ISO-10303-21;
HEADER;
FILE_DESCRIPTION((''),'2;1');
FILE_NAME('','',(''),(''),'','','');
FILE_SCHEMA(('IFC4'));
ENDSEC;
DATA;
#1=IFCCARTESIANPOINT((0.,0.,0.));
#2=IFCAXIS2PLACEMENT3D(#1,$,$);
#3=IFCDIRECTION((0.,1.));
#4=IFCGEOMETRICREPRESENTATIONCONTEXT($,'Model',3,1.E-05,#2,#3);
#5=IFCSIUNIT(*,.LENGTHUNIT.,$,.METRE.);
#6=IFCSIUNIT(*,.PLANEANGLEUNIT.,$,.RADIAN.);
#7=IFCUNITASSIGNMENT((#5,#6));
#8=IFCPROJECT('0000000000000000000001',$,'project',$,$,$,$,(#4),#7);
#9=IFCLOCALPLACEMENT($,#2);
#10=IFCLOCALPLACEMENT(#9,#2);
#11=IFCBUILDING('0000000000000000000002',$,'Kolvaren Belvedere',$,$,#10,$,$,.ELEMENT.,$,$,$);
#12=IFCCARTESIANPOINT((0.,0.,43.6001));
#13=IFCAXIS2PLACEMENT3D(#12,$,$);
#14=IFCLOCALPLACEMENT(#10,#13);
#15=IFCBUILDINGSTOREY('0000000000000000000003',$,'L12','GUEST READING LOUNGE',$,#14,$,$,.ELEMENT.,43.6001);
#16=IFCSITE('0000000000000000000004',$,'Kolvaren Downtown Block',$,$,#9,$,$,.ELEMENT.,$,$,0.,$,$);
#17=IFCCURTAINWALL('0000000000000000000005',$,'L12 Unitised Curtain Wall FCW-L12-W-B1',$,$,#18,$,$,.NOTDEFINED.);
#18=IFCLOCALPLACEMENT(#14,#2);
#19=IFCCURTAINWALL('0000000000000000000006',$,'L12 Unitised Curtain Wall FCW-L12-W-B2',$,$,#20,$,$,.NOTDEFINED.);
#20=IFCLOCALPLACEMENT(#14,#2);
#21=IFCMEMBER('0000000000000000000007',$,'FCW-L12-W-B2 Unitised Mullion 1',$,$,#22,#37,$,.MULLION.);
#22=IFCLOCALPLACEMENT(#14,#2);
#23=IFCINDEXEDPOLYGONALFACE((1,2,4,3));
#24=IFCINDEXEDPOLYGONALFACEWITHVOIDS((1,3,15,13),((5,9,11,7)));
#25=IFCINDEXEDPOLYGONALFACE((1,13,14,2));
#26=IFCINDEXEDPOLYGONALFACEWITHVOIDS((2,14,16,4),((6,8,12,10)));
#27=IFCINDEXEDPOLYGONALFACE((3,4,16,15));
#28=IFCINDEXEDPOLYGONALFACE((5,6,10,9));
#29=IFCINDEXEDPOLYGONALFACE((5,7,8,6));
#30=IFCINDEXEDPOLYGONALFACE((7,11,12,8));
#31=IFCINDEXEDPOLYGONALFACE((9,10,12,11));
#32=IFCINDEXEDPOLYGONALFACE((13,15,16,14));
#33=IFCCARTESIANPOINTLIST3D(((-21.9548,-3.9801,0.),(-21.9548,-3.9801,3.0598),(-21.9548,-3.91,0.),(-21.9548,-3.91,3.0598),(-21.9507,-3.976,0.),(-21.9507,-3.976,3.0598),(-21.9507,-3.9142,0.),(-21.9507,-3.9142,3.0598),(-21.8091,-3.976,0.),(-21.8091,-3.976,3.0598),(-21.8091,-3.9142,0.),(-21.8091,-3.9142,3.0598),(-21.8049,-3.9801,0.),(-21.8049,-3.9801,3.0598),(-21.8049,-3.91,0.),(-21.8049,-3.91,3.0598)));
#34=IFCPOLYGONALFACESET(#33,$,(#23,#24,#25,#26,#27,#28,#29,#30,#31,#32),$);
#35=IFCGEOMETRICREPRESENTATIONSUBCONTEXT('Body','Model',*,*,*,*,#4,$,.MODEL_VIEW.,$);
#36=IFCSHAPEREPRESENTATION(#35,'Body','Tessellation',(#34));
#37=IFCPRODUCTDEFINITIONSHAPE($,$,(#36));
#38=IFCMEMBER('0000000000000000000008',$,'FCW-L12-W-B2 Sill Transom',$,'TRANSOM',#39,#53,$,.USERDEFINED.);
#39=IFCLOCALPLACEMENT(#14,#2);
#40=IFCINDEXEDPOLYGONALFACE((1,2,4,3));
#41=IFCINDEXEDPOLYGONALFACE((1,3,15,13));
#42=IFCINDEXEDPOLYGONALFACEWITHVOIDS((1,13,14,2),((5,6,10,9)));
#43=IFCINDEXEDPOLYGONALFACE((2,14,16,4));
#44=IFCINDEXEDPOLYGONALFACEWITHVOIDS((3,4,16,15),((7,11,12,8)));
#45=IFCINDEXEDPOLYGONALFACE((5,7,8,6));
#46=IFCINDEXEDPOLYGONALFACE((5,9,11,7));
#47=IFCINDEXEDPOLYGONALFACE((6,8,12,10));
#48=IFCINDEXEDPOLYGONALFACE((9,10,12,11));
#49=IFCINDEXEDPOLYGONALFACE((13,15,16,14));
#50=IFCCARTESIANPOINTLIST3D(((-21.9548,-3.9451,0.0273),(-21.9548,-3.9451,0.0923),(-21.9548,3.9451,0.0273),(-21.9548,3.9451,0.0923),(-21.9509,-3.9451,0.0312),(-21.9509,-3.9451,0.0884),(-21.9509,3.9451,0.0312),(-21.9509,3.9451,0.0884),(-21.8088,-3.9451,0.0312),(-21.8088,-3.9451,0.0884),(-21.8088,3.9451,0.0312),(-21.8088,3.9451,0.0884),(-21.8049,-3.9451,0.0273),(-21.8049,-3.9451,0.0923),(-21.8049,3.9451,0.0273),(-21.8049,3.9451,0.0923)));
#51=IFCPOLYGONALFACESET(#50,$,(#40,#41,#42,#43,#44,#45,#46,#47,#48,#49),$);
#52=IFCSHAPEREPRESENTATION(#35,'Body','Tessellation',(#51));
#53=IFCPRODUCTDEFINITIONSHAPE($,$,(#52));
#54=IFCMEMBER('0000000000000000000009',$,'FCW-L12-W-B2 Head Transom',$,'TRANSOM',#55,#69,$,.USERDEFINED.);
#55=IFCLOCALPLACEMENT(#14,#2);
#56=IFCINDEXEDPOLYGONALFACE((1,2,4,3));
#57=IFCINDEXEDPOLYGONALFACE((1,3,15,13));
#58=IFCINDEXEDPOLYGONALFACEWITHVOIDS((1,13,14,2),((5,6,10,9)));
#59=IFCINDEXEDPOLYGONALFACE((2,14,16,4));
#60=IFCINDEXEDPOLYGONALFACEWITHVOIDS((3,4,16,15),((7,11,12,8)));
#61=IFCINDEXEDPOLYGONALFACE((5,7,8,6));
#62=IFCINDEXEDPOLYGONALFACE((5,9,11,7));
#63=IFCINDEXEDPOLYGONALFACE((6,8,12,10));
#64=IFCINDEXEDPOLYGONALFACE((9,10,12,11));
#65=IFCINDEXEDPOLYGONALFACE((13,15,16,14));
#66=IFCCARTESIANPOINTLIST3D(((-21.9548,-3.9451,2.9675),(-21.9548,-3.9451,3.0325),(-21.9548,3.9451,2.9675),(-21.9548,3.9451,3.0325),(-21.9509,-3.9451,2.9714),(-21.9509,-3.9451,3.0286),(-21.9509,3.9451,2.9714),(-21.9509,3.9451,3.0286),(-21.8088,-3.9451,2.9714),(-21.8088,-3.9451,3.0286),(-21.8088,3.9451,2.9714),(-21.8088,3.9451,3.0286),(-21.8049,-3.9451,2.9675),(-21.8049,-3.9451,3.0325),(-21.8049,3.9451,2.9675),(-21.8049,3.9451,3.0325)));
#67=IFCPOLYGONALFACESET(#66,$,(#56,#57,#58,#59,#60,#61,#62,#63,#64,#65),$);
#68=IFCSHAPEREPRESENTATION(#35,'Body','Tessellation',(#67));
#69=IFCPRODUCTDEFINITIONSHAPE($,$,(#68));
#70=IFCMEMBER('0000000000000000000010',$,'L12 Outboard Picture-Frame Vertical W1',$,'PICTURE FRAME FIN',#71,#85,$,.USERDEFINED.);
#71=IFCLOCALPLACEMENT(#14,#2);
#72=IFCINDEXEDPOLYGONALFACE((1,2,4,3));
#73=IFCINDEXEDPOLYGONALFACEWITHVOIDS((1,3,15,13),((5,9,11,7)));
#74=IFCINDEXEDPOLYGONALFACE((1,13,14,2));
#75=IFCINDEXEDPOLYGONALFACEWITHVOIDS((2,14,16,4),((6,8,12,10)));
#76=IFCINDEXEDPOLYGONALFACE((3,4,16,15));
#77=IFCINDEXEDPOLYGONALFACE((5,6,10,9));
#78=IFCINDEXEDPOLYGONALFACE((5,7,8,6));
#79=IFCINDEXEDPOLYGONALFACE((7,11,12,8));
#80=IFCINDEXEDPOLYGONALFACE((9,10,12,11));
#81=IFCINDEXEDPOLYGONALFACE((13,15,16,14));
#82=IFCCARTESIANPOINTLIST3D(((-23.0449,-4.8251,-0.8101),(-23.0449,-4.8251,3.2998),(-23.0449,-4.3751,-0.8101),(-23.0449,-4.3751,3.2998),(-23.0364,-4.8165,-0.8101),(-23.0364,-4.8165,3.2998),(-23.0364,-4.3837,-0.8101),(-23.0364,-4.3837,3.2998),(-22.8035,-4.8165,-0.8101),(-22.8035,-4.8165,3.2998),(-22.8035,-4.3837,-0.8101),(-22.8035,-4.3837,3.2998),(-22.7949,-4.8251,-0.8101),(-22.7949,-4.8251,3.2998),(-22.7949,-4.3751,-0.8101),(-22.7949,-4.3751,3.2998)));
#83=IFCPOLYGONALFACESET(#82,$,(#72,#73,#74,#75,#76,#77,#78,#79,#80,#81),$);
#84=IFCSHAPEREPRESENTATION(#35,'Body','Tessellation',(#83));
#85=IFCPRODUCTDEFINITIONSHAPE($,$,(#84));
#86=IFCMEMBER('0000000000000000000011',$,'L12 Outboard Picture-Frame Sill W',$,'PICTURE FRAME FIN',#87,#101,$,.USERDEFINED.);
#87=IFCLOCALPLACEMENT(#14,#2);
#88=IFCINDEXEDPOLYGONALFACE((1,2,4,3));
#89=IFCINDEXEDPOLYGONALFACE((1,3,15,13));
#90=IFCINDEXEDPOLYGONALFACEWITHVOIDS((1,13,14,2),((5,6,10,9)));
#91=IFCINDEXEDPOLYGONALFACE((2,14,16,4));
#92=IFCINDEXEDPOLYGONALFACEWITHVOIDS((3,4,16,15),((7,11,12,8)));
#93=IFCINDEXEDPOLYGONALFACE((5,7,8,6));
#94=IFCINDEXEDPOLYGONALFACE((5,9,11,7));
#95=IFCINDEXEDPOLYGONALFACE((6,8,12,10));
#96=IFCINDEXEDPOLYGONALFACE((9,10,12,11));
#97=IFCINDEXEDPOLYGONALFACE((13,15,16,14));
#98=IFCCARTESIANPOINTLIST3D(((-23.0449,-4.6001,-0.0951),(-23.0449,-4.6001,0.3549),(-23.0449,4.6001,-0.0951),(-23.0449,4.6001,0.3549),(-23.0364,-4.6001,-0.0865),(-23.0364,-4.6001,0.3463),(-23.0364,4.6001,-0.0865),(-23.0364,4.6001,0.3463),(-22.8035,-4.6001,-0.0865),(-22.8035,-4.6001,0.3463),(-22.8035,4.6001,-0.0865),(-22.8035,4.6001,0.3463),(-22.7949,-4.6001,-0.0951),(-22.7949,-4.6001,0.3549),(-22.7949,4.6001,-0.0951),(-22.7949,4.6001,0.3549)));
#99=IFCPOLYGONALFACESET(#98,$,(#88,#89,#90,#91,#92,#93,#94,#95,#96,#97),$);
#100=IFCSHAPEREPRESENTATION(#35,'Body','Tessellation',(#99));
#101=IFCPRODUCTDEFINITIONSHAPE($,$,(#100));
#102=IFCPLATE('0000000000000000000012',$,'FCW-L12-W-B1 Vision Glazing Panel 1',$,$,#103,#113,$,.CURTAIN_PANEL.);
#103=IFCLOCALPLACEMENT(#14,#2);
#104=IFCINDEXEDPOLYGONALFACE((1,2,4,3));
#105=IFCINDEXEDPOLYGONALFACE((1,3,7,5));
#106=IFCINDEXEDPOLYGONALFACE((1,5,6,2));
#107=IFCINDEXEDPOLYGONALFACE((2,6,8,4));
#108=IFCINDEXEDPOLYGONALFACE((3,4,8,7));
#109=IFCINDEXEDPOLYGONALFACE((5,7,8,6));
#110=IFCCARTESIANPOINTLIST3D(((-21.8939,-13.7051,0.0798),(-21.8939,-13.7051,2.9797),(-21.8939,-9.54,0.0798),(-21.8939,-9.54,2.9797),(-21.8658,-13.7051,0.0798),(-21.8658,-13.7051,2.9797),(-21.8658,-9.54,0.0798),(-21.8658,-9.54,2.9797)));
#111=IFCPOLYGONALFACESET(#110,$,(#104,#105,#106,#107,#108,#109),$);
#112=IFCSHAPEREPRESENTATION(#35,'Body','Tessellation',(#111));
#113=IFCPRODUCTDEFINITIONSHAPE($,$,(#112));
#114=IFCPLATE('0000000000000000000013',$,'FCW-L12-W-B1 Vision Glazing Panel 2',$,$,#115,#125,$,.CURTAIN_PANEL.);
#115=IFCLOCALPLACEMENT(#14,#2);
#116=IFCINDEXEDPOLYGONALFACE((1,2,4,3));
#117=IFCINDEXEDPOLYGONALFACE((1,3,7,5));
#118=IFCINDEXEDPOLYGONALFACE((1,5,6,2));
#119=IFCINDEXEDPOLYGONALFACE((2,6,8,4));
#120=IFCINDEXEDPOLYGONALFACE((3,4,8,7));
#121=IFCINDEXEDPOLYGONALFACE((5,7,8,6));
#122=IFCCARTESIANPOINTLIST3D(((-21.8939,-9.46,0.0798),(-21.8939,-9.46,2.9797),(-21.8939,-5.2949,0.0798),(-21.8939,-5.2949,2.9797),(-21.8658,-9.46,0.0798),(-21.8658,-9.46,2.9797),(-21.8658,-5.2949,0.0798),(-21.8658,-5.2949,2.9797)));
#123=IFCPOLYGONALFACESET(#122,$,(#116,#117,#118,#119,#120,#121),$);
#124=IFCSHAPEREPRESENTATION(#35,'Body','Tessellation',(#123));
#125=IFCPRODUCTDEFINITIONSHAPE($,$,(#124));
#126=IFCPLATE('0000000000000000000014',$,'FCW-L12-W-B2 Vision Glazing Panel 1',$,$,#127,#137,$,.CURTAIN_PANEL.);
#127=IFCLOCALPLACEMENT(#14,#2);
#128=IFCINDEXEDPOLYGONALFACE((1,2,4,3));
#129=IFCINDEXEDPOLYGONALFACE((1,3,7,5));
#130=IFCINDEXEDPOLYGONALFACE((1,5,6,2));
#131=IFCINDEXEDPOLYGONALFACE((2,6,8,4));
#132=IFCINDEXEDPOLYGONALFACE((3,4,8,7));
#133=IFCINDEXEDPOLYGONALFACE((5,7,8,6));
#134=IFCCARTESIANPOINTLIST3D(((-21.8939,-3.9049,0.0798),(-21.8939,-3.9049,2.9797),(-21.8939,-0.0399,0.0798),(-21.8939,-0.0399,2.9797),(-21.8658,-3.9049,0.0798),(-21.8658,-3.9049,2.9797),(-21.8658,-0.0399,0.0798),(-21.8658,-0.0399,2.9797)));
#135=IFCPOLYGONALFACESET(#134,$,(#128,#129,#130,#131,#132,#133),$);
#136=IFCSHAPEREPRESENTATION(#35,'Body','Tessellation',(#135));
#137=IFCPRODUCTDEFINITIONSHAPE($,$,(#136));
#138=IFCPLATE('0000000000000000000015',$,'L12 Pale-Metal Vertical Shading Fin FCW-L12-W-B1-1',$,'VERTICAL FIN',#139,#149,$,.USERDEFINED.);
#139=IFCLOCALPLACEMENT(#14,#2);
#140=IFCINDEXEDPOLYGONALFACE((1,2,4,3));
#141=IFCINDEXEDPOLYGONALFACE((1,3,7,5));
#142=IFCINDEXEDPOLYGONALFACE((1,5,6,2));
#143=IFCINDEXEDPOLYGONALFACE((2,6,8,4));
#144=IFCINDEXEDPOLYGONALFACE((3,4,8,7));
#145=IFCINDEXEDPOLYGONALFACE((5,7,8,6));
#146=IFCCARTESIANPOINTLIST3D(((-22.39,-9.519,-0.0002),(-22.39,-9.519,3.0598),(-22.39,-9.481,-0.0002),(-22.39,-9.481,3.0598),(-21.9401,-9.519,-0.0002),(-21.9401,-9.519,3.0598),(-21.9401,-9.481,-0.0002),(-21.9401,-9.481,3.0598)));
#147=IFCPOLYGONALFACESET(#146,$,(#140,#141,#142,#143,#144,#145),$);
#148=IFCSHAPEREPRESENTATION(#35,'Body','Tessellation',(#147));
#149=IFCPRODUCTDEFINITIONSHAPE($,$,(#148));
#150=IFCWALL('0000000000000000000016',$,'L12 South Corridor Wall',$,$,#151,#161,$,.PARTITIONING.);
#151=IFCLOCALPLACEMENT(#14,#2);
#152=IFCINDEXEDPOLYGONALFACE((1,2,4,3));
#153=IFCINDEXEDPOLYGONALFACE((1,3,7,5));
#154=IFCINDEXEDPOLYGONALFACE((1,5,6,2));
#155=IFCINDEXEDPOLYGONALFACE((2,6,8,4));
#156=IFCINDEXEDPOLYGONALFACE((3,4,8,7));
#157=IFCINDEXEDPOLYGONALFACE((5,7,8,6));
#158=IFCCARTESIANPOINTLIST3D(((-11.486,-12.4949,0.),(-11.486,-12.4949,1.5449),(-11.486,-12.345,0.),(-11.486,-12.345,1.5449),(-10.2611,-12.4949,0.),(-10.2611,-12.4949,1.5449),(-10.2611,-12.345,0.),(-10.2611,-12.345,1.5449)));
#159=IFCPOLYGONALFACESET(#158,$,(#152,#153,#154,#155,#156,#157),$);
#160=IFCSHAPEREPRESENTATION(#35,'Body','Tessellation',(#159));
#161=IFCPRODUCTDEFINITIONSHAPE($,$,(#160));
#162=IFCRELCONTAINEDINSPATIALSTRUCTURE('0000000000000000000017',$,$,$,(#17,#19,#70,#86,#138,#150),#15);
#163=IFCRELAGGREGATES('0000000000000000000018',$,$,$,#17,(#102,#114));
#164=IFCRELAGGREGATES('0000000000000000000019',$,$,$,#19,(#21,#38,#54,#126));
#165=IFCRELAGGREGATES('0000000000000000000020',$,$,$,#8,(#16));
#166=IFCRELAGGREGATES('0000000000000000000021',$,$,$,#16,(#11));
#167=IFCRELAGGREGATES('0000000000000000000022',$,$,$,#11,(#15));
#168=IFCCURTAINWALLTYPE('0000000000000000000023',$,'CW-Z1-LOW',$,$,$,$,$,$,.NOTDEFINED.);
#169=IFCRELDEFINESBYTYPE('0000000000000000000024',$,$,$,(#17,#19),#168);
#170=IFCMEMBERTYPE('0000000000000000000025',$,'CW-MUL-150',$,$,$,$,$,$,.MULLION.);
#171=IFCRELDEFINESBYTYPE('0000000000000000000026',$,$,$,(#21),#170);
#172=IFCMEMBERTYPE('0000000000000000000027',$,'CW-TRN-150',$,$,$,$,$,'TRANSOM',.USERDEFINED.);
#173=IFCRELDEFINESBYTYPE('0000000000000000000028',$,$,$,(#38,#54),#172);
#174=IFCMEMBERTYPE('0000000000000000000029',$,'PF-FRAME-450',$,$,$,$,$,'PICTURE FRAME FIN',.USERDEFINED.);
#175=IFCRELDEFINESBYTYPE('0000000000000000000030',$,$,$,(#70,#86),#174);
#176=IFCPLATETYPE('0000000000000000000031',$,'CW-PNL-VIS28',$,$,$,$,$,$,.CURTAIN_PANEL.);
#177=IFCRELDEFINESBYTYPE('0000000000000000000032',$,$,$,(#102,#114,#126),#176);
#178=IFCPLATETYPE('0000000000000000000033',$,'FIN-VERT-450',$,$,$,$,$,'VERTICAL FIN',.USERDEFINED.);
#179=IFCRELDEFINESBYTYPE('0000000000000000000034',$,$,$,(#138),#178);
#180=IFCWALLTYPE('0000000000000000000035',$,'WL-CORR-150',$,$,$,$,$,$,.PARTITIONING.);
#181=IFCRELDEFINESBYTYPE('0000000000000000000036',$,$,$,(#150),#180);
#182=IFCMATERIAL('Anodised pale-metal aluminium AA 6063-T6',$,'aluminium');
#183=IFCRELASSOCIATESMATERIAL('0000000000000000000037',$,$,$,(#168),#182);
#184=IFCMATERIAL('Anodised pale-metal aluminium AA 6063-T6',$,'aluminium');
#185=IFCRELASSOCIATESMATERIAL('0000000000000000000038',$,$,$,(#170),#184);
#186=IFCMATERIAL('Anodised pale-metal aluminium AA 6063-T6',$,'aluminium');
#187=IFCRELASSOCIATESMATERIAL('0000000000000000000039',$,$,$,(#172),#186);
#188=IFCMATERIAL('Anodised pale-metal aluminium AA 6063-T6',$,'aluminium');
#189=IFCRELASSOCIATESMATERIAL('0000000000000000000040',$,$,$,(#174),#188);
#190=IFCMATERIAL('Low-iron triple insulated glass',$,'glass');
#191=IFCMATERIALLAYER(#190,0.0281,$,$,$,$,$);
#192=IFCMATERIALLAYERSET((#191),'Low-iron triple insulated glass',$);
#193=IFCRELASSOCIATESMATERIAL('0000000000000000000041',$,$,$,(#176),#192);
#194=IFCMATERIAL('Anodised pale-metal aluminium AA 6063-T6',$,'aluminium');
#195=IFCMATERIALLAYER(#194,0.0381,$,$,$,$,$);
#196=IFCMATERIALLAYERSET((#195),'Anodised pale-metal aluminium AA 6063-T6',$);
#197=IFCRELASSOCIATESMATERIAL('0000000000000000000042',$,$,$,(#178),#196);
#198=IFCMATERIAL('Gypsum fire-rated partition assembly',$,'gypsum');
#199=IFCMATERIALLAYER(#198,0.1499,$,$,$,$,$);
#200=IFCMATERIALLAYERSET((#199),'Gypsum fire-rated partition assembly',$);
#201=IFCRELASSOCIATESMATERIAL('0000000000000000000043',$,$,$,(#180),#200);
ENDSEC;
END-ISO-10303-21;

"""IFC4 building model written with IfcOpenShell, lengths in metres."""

from ifc_helpers import new_model, si_unit, direction, frame, frame_2d, origin, origin_2d, place, context, subcontext, project, spatial, rectangle, hollow_rectangle, extrude, material, layer, layer_set, material_profile, profile_set, type_object, element, aggregate, save


model = new_model("IFC4")

# Units and contexts
model_context = context("Model", 3, precision=1e-05, world=origin(), true_north=direction((0.0, 1.0)))
body_context = subcontext(model_context, "Body", "Model", "MODEL_VIEW")
ifc_project = project(units=[si_unit("LENGTHUNIT", "METRE"), si_unit("PLANEANGLEUNIT", "RADIAN")], contexts=[model_context])

# Site, building, storey
site_placement = place(None, origin())
site = spatial("IfcSite", under=ifc_project, at=site_placement, Name="Kolvaren Downtown Block", CompositionType="ELEMENT", RefElevation=0.0)
building_placement = place(site_placement, origin())
building = spatial("IfcBuilding", under=site, at=building_placement, Name="Kolvaren Belvedere", CompositionType="ELEMENT")
storey_placement = place(building_placement, frame((0.0, 0.0, 43.6001)))
storey = spatial("IfcBuildingStorey", under=building, at=storey_placement, Name="L12", Description="GUEST READING LOUNGE", CompositionType="ELEMENT", Elevation=43.6001)

# Curtain walls, members
ifc_material_1 = material(Name="Anodised pale-metal aluminium AA 6063-T6", Category="aluminium")
curtain_wall_type = type_object("IfcCurtainWallType", Name="CW-Z1-LOW", PredefinedType="NOTDEFINED", material=ifc_material_1)
curtain_wall_1_placement = place(storey_placement, origin())
curtain_wall_1 = element("IfcCurtainWall", 1, at=curtain_wall_1_placement, inside=storey, type_object=curtain_wall_type, Name="L12 Unitised Curtain Wall FCW-L12-W-B1", PredefinedType="NOTDEFINED")
ifc_material_2 = material(Name="Anodised pale-metal aluminium AA 6063-T6", Category="aluminium")
ifc_material_profile_1 = material_profile(ifc_material_2, hollow_rectangle(XDim=0.0701, YDim=0.1499, WallThickness=0.0042, at=origin_2d()), Name="ALU-MUL-150X70")
ifc_profile_set_1 = profile_set([ifc_material_profile_1], Name="Anodised pale-metal aluminium AA 6063-T6")
member_type_1 = type_object("IfcMemberType", Name="CW-MUL-150", PredefinedType="MULLION", material=ifc_profile_set_1)
curtain_wall_2_placement = place(storey_placement, origin())
curtain_wall_2 = element("IfcCurtainWall", 2, at=curtain_wall_2_placement, inside=storey, type_object=curtain_wall_type, Name="L12 Unitised Curtain Wall FCW-L12-W-B2", PredefinedType="NOTDEFINED")
member_1_placement = place(storey_placement, frame((-21.8799, -3.9451, 0.0), z_axis=(0.0, 0.0, 1.0), x_axis=(0.0, 1.0, 0.0)))
member_1 = element("IfcMember", 3, at=member_1_placement, type_object=member_type_1, Name="FCW-L12-W-B2 Unitised Mullion 1", PredefinedType="MULLION", context=body_context, shape_type="SweptSolid", body=[
    extrude(hollow_rectangle(XDim=0.0701, YDim=0.1499, WallThickness=0.0042, at=origin_2d()), origin(), (0.0, 0.0, 1.0), 3.0598),
])
ifc_material_3 = material(Name="Anodised pale-metal aluminium AA 6063-T6", Category="aluminium")
ifc_material_profile_2 = material_profile(ifc_material_3, hollow_rectangle(XDim=0.0649, YDim=0.1499, WallThickness=0.0039, at=origin_2d()), Name="ALU-TRN-150X65")
ifc_profile_set_2 = profile_set([ifc_material_profile_2], Name="Anodised pale-metal aluminium AA 6063-T6")
member_type_2 = type_object("IfcMemberType", Name="CW-TRN-150", ElementType="TRANSOM", PredefinedType="USERDEFINED", material=ifc_profile_set_2)
member_2_placement = place(storey_placement, frame((-21.8799, -3.9451, 0.0598), z_axis=(0.0, 1.0, 0.0), x_axis=(0.0, 0.0, 1.0)))
member_2 = element("IfcMember", 4, at=member_2_placement, type_object=member_type_2, Name="FCW-L12-W-B2 Sill Transom", ObjectType="TRANSOM", PredefinedType="USERDEFINED", context=body_context, shape_type="SweptSolid", body=[
    extrude(hollow_rectangle(XDim=0.0649, YDim=0.1499, WallThickness=0.0039, at=origin_2d()), origin(), (0.0, 0.0, 1.0), 7.8901),
])
member_3_placement = place(storey_placement, frame((-21.8799, -3.9451, 3.0), z_axis=(0.0, 1.0, 0.0), x_axis=(0.0, 0.0, 1.0)))
member_3 = element("IfcMember", 5, at=member_3_placement, type_object=member_type_2, Name="FCW-L12-W-B2 Head Transom", ObjectType="TRANSOM", PredefinedType="USERDEFINED", context=body_context, shape_type="SweptSolid", body=[
    extrude(hollow_rectangle(XDim=0.0649, YDim=0.1499, WallThickness=0.0039, at=origin_2d()), origin(), (0.0, 0.0, 1.0), 7.8901),
])

# Members
ifc_material_4 = material(Name="Anodised pale-metal aluminium AA 6063-T6", Category="aluminium")
ifc_material_profile_3 = material_profile(ifc_material_4, hollow_rectangle(XDim=0.25, YDim=0.45, WallThickness=0.0085, at=origin_2d()), Name="ALU-PF-450X250")
ifc_profile_set_3 = profile_set([ifc_material_profile_3], Name="Anodised pale-metal aluminium AA 6063-T6")
member_type_3 = type_object("IfcMemberType", Name="PF-FRAME-450", ElementType="PICTURE FRAME FIN", PredefinedType="USERDEFINED", material=ifc_profile_set_3)
member_4_placement = place(storey_placement, frame((-22.9199, -4.6001, -0.8101), z_axis=(0.0, 0.0, 1.0), x_axis=(1.0, 0.0, 0.0)))
element("IfcMember", 6, at=member_4_placement, inside=storey, type_object=member_type_3, Name="L12 Outboard Picture-Frame Vertical W1", ObjectType="PICTURE FRAME FIN", PredefinedType="USERDEFINED", context=body_context, shape_type="SweptSolid", body=[
    extrude(hollow_rectangle(XDim=0.25, YDim=0.45, WallThickness=0.0085, at=origin_2d()), origin(), (0.0, 0.0, 1.0), 4.1099),
])
member_5_placement = place(storey_placement, frame((-22.9199, -4.6001, 0.1299), z_axis=(0.0, 1.0, 0.0), x_axis=(-1.0, 0.0, 0.0)))
element("IfcMember", 7, at=member_5_placement, inside=storey, type_object=member_type_3, Name="L12 Outboard Picture-Frame Sill W", ObjectType="PICTURE FRAME FIN", PredefinedType="USERDEFINED", context=body_context, shape_type="SweptSolid", body=[
    extrude(hollow_rectangle(XDim=0.25, YDim=0.45, WallThickness=0.0085, at=origin_2d()), origin(), (0.0, 0.0, 1.0), 9.2002),
])

# Plates
ifc_material_5 = material(Name="Low-iron triple insulated glass", Category="glass")
ifc_layer_1 = layer(ifc_material_5, 0.0281)
ifc_layer_set_1 = layer_set([ifc_layer_1], Name="Low-iron triple insulated glass")
plate_type_1 = type_object("IfcPlateType", Name="CW-PNL-VIS28", PredefinedType="CURTAIN_PANEL", material=ifc_layer_set_1)
plate_1_placement = place(storey_placement, frame((-21.8799, -11.6226, 0.0798), z_axis=(0.0, 0.0, 1.0), x_axis=(0.0, 1.0, 0.0)))
plate_1 = element("IfcPlate", 8, at=plate_1_placement, type_object=plate_type_1, Name="FCW-L12-W-B1 Vision Glazing Panel 1", PredefinedType="CURTAIN_PANEL", context=body_context, shape_type="SweptSolid", body=[
    extrude(rectangle(XDim=4.165, YDim=0.0281, at=origin_2d()), origin(), (0.0, 0.0, 1.0), 2.8999),
])
plate_2_placement = place(storey_placement, frame((-21.8799, -7.3774, 0.0798), z_axis=(0.0, 0.0, 1.0), x_axis=(0.0, 1.0, 0.0)))
plate_2 = element("IfcPlate", 9, at=plate_2_placement, type_object=plate_type_1, Name="FCW-L12-W-B1 Vision Glazing Panel 2", PredefinedType="CURTAIN_PANEL", context=body_context, shape_type="SweptSolid", body=[
    extrude(rectangle(XDim=4.165, YDim=0.0281, at=origin_2d()), origin(), (0.0, 0.0, 1.0), 2.8999),
])
aggregate(curtain_wall_1, [plate_1, plate_2])
plate_3_placement = place(storey_placement, frame((-21.8799, -1.9724, 0.0798), z_axis=(0.0, 0.0, 1.0), x_axis=(0.0, 1.0, 0.0)))
plate_3 = element("IfcPlate", 10, at=plate_3_placement, type_object=plate_type_1, Name="FCW-L12-W-B2 Vision Glazing Panel 1", PredefinedType="CURTAIN_PANEL", context=body_context, shape_type="SweptSolid", body=[
    extrude(rectangle(XDim=3.865, YDim=0.0281, at=origin_2d()), origin(), (0.0, 0.0, 1.0), 2.8999),
])
aggregate(curtain_wall_2, [member_1, member_2, member_3, plate_3])
ifc_material_6 = material(Name="Anodised pale-metal aluminium AA 6063-T6", Category="aluminium")
ifc_layer_2 = layer(ifc_material_6, 0.0381)
ifc_layer_set_2 = layer_set([ifc_layer_2], Name="Anodised pale-metal aluminium AA 6063-T6")
plate_type_2 = type_object("IfcPlateType", Name="FIN-VERT-450", ElementType="VERTICAL FIN", PredefinedType="USERDEFINED", material=ifc_layer_set_2)
plate_4_placement = place(storey_placement, frame((-22.165, -9.5, -0.0002), z_axis=(0.0, 0.0, 1.0), x_axis=(1.0, 0.0, 0.0)))
element("IfcPlate", 11, at=plate_4_placement, inside=storey, type_object=plate_type_2, Name="L12 Pale-Metal Vertical Shading Fin FCW-L12-W-B1-1", ObjectType="VERTICAL FIN", PredefinedType="USERDEFINED", context=body_context, shape_type="SweptSolid", body=[
    extrude(rectangle(XDim=0.45, YDim=0.0381, at=origin_2d()), origin(), (0.0, 0.0, 1.0), 3.0601),
])

# Wall
ifc_material_7 = material(Name="Gypsum fire-rated partition assembly", Category="gypsum")
ifc_layer_3 = layer(ifc_material_7, 0.1499)
ifc_layer_set_3 = layer_set([ifc_layer_3], Name="Gypsum fire-rated partition assembly")
wall_type_1 = type_object("IfcWallType", Name="WL-CORR-150", PredefinedType="PARTITIONING", material=ifc_layer_set_3)
wall_1_placement = place(storey_placement, frame((-11.4858, -12.4199, 0.0), z_axis=(0.0, 0.0, 1.0), x_axis=(1.0, 0.0, 0.0)))
element("IfcWall", 12, at=wall_1_placement, inside=storey, type_object=wall_type_1, Name="L12 South Corridor Wall", PredefinedType="PARTITIONING", context=body_context, shape_type="SweptSolid", body=[
    extrude(rectangle(XDim=1.2249, YDim=0.1499, at=frame_2d((0.6123, 0.0))), origin(), (0.0, 0.0, 1.0), 1.5449),
])

save(model, "model.ifc")
